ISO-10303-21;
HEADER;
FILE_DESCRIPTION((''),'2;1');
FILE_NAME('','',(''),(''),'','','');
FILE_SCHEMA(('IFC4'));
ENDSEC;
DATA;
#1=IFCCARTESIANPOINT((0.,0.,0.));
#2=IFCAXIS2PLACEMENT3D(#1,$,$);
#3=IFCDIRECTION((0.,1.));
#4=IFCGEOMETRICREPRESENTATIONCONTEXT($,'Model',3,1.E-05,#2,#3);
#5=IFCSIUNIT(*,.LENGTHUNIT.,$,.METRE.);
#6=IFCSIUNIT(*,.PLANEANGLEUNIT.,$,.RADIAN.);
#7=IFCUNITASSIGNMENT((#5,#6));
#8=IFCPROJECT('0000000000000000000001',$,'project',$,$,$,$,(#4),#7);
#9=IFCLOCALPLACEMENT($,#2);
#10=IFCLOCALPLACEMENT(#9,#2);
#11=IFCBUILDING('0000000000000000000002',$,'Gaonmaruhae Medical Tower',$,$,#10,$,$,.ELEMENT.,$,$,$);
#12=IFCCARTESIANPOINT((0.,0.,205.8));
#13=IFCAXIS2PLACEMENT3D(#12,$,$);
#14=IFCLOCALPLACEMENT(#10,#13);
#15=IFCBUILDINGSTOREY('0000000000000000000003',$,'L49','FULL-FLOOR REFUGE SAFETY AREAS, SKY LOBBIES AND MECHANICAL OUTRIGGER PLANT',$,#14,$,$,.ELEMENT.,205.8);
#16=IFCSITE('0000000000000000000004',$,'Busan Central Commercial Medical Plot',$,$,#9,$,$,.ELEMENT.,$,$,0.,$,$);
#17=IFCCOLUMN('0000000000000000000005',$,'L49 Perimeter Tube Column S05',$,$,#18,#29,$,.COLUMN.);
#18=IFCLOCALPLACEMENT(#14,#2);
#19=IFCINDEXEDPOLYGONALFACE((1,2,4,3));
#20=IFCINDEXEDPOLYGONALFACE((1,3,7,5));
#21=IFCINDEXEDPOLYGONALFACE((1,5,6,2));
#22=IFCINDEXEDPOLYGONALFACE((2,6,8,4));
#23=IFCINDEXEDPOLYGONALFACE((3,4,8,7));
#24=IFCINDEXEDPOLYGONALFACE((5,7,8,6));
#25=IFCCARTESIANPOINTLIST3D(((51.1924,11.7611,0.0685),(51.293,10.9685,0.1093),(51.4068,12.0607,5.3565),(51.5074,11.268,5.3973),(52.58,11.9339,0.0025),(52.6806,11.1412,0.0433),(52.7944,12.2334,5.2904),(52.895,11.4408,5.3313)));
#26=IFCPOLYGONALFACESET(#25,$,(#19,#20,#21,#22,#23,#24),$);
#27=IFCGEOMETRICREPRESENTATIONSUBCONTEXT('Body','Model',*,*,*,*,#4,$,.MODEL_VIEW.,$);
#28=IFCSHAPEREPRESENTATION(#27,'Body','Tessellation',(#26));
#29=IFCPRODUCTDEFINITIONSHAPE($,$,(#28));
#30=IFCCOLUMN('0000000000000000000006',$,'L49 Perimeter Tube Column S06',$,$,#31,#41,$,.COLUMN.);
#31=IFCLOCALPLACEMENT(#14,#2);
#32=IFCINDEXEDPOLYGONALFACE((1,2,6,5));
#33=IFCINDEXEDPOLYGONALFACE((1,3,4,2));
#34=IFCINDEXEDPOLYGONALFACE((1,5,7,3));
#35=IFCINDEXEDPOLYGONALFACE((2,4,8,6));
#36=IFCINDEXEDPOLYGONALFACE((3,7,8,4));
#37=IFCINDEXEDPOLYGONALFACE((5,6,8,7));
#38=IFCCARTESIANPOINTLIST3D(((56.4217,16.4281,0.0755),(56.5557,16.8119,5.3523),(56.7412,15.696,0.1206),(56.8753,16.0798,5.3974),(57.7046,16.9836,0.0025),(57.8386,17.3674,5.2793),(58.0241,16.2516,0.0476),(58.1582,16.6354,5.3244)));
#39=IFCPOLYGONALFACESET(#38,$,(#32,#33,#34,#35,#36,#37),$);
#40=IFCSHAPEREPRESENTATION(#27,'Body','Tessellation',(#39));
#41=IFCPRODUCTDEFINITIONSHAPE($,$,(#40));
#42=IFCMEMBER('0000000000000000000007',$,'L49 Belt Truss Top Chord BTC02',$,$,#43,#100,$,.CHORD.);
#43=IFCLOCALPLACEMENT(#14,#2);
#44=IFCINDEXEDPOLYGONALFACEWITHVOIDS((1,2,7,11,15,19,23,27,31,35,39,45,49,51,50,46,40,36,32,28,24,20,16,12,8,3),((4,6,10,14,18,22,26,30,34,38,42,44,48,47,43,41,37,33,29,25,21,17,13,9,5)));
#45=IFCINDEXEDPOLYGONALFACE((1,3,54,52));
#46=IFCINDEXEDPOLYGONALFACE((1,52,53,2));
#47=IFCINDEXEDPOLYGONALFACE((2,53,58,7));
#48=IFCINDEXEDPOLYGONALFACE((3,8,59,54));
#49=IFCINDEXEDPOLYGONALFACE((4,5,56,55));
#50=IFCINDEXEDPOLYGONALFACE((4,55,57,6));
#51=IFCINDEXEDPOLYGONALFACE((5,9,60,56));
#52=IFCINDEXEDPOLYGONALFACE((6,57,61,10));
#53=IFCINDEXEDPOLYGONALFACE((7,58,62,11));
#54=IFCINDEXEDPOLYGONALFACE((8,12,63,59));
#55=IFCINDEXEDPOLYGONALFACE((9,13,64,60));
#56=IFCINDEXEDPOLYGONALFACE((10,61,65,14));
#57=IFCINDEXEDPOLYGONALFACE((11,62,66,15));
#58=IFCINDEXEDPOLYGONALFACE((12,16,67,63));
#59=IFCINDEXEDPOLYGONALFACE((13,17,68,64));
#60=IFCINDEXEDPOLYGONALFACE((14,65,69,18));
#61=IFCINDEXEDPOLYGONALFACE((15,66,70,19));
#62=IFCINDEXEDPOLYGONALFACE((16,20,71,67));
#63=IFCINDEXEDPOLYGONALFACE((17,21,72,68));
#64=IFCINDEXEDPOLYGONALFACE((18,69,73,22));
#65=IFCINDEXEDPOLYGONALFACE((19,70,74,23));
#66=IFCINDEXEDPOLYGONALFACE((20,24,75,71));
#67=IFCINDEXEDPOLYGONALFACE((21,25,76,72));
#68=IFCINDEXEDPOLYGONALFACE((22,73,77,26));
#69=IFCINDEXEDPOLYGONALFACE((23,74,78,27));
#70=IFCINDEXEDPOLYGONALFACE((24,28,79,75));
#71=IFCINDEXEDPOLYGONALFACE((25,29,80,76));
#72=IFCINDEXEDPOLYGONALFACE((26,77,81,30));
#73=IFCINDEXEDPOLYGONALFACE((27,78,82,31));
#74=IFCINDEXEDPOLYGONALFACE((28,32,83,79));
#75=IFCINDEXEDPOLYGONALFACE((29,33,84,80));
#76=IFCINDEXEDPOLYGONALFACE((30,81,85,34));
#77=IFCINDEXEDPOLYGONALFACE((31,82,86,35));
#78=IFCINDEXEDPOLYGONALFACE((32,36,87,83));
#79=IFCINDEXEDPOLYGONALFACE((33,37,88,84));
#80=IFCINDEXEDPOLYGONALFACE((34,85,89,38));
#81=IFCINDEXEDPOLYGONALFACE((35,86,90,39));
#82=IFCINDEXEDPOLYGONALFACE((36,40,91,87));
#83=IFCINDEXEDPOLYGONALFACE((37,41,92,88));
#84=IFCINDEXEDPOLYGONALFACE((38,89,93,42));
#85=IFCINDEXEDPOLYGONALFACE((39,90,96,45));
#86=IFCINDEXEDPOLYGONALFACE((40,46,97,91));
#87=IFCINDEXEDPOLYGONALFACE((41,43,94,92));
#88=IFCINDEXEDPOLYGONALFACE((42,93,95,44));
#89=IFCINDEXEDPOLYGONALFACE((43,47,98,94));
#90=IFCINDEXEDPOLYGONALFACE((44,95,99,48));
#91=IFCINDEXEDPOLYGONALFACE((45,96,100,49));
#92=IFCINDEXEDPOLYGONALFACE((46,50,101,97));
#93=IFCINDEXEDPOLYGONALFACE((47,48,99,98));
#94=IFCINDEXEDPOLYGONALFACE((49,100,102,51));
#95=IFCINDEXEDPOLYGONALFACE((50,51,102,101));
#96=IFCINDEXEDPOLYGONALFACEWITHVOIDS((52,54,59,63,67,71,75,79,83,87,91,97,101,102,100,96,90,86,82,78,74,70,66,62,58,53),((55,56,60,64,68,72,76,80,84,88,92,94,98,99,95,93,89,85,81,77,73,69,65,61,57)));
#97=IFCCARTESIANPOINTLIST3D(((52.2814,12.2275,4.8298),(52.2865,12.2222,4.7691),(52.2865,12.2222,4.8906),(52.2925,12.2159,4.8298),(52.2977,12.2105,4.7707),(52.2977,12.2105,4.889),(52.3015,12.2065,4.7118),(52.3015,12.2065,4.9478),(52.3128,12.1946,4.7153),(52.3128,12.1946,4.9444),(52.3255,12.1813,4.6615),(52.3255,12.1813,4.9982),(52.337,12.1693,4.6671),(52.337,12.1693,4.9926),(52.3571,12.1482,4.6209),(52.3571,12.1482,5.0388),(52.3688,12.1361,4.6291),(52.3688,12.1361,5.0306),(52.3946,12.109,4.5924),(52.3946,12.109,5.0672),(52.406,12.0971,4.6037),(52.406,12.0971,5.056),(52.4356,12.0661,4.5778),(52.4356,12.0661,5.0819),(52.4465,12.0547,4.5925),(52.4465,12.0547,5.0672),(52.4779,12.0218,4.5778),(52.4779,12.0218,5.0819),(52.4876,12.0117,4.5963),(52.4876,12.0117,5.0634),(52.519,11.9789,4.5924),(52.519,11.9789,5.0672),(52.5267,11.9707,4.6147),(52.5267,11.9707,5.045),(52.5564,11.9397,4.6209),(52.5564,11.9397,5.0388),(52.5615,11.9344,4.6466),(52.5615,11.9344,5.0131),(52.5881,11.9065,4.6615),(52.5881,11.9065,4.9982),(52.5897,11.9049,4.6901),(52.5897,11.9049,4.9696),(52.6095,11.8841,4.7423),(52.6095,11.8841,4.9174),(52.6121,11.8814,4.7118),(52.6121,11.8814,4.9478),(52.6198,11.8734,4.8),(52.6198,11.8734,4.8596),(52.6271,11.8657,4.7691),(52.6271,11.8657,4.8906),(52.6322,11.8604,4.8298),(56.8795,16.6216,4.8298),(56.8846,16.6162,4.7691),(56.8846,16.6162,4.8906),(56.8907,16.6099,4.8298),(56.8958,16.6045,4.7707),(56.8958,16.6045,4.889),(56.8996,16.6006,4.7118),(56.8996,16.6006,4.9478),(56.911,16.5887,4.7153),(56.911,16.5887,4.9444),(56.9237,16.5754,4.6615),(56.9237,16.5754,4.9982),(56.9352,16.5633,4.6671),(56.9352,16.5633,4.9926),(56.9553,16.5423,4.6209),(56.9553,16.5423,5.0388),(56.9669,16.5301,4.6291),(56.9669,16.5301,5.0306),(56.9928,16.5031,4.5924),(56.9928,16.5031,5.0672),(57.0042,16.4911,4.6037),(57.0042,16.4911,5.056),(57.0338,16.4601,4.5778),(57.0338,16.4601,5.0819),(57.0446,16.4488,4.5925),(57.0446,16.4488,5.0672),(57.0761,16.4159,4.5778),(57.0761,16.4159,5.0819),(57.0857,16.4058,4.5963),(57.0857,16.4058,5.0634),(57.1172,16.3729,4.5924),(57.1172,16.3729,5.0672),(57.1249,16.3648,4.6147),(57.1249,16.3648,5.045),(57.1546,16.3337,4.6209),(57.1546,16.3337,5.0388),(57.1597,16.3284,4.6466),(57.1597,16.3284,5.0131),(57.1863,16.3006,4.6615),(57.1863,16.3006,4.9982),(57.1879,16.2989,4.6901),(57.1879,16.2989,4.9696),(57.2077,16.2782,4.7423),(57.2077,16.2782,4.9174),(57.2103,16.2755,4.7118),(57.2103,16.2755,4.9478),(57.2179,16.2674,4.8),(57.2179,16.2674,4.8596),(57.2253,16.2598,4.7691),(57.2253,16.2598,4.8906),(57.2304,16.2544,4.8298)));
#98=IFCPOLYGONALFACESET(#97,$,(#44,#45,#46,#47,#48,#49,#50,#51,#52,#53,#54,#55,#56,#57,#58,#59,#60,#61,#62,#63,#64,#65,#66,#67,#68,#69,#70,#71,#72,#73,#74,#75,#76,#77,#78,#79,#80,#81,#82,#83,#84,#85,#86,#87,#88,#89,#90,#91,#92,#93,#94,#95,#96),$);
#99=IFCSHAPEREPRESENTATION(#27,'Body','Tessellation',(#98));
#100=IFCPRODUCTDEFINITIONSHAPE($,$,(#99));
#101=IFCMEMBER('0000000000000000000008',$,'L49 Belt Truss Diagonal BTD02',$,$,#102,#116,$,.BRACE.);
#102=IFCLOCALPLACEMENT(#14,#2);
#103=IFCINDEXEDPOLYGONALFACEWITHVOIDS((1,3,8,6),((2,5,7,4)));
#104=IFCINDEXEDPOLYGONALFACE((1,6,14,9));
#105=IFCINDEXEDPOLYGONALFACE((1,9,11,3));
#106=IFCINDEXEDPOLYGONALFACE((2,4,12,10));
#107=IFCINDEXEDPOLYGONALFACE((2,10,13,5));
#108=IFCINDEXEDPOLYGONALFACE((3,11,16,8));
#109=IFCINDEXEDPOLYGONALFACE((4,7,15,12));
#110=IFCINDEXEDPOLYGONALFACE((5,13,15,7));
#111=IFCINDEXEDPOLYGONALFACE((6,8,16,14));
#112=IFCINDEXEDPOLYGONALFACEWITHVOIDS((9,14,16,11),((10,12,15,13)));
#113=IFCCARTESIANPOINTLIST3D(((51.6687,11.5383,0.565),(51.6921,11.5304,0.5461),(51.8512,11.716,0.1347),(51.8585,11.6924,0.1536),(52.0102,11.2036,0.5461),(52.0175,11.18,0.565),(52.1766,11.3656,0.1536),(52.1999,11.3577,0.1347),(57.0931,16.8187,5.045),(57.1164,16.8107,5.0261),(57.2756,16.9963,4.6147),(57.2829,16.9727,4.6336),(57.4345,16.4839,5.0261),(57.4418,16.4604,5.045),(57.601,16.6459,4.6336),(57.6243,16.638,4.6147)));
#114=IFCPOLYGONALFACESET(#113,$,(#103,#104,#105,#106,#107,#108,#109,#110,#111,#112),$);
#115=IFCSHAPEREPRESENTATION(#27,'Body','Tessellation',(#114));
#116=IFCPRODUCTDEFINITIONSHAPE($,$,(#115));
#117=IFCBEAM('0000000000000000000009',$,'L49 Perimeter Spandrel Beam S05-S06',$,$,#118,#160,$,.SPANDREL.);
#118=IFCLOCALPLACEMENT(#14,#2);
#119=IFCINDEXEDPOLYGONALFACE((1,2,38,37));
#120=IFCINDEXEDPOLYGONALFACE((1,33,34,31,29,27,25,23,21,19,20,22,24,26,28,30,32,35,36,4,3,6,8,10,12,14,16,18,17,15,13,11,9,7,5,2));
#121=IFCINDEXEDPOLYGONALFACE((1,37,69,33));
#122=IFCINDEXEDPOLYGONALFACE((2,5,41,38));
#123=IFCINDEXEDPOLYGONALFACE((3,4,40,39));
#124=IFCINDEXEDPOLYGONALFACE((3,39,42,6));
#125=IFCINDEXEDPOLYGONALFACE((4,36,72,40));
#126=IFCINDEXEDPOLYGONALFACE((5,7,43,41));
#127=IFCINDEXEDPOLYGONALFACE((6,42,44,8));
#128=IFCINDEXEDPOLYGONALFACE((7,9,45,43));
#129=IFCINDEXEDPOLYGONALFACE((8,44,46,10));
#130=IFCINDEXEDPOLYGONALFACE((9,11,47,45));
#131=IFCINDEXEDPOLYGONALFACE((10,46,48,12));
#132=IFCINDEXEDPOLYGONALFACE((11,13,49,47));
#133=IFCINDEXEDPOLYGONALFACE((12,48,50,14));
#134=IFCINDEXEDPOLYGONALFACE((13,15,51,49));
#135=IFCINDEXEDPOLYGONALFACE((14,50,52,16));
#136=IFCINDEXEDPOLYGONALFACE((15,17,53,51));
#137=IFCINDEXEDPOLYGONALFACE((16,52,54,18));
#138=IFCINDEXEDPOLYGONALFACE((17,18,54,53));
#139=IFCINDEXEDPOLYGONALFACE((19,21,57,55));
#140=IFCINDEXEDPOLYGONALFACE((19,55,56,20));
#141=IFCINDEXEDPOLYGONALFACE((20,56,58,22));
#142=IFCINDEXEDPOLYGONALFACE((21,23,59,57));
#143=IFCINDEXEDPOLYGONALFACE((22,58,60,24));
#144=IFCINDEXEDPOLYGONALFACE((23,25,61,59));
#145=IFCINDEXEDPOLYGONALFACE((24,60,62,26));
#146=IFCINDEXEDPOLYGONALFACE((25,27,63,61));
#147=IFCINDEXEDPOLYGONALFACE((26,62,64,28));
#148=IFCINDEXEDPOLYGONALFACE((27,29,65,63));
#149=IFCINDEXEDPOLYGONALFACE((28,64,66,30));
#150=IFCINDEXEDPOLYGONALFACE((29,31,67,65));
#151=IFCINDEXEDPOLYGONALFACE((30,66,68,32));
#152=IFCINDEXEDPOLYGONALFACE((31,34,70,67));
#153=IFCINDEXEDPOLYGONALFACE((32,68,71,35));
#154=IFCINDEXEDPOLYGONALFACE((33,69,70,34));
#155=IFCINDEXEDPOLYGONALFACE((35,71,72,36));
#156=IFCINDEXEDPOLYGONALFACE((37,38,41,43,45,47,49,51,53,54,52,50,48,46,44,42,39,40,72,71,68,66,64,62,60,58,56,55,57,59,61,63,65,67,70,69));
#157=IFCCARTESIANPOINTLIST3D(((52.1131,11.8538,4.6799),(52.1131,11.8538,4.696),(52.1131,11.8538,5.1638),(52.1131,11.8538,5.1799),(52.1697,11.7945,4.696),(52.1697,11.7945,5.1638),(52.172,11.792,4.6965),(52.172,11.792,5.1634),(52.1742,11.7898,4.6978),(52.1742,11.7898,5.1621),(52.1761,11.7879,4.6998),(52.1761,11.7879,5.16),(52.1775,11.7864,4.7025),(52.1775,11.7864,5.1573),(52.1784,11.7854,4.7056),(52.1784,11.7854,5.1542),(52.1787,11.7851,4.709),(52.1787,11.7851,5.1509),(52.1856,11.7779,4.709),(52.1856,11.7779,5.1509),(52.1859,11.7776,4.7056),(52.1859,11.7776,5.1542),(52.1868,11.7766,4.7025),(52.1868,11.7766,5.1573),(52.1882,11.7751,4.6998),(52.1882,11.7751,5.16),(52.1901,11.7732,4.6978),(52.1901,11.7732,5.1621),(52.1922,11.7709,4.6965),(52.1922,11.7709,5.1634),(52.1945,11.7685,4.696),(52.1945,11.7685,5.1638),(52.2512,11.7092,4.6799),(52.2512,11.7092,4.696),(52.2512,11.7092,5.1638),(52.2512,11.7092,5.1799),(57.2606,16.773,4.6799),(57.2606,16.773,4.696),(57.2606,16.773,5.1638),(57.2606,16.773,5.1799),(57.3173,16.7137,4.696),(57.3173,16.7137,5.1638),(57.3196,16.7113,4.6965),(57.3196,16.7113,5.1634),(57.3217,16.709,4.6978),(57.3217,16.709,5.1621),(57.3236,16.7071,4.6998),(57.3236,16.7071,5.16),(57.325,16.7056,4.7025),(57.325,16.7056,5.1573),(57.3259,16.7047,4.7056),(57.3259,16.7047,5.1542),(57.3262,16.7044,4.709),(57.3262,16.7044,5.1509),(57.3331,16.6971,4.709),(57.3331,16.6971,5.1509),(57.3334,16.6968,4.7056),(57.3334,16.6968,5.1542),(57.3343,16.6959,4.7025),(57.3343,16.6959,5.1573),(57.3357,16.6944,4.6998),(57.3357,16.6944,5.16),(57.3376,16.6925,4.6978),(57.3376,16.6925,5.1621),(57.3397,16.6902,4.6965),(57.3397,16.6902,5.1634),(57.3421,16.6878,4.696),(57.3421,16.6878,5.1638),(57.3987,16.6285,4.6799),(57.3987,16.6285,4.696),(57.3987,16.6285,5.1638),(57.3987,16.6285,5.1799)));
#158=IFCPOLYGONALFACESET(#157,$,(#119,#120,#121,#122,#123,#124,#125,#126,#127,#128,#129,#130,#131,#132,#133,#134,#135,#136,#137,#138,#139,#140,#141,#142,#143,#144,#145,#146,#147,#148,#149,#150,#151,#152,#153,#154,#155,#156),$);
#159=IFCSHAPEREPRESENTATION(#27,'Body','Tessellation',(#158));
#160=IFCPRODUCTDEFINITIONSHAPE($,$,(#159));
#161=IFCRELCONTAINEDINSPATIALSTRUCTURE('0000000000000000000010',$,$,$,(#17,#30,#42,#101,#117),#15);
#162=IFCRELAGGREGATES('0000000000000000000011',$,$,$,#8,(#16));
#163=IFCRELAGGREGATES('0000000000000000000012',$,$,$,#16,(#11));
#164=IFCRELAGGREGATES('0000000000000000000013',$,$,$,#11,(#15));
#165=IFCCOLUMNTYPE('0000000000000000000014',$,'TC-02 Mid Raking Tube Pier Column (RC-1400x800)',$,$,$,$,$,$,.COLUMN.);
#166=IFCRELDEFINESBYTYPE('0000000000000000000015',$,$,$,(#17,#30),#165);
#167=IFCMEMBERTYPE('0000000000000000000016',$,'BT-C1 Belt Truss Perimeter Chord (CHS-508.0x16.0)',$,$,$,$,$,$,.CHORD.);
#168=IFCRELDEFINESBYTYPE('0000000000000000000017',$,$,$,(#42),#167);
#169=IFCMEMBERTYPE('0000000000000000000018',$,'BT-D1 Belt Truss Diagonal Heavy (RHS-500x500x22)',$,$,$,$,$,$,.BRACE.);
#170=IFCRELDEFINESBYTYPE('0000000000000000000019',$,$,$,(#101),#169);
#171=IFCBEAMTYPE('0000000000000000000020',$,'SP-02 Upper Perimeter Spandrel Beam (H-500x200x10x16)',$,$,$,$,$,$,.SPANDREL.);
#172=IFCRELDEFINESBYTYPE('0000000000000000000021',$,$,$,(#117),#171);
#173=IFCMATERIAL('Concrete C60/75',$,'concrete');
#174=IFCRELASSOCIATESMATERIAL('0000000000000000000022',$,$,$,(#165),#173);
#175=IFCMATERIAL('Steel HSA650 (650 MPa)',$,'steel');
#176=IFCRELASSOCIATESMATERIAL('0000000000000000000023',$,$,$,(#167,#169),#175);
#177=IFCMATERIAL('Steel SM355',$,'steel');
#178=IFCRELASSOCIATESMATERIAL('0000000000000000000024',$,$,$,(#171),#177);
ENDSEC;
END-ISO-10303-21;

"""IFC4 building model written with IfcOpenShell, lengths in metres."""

from ifc_helpers import new_model, si_unit, direction, frame, origin, origin_2d, place, context, subcontext, project, spatial, rectangle, hollow_rectangle, hollow_circle, i_section, extrude, material, material_profile, profile_set, type_object, element, save


model = new_model("IFC4")

# Units and contexts
model_context = context("Model", 3, precision=1e-05, world=origin(), true_north=direction((0.0, 1.0)))
body_context = subcontext(model_context, "Body", "Model", "MODEL_VIEW")
ifc_project = project(units=[si_unit("LENGTHUNIT", "METRE"), si_unit("PLANEANGLEUNIT", "RADIAN")], contexts=[model_context])

# Site, building, storey
site_placement = place(None, origin())
site = spatial("IfcSite", under=ifc_project, at=site_placement, Name="Busan Central Commercial Medical Plot", CompositionType="ELEMENT", RefElevation=0.0)
building_placement = place(site_placement, origin())
building = spatial("IfcBuilding", under=site, at=building_placement, Name="Gaonmaruhae Medical Tower", CompositionType="ELEMENT")
storey_placement = place(building_placement, frame((0.0, 0.0, 205.8)))
storey = spatial("IfcBuildingStorey", under=building, at=storey_placement, Name="L49", Description="FULL-FLOOR REFUGE SAFETY AREAS, SKY LOBBIES AND MECHANICAL OUTRIGGER PLANT", CompositionType="ELEMENT", Elevation=205.8)

# Columns
ifc_material_1 = material(Name="Concrete C60/75", Category="concrete")
ifc_material_profile_1 = material_profile(ifc_material_1, rectangle(XDim=1.3999, YDim=0.8, at=origin_2d()), Name="RC-1400x800")
ifc_profile_set_1 = profile_set([ifc_material_profile_1], Name="Concrete C60/75")
column_type = type_object("IfcColumnType", Name="TC-02 Mid Raking Tube Pier Column (RC-1400x800)", PredefinedType="COLUMN", material=ifc_profile_set_1)
column_1_placement = place(storey_placement, frame((51.9365, 11.4512, 0.0559), z_axis=(0.040438, 0.056511, 0.997583), x_axis=(-0.991239, -0.123371, 0.047169)))
element("IfcColumn", 1, at=column_1_placement, inside=storey, type_object=column_type, Name="L49 Perimeter Tube Column S05", PredefinedType="COLUMN", context=body_context, shape_type="SweptSolid", body=[
    extrude(rectangle(XDim=1.3999, YDim=0.8, at=origin_2d()), origin(), (0.0, 0.0, 1.0), 5.3008),
])
column_2_placement = place(storey_placement, frame((57.2229, 16.3398, 0.0615), z_axis=(0.025325, 0.072516, 0.997046), x_axis=(-0.916406, -0.396839, 0.052139)))
element("IfcColumn", 2, at=column_2_placement, inside=storey, type_object=column_type, Name="L49 Perimeter Tube Column S06", PredefinedType="COLUMN", context=body_context, shape_type="SweptSolid", body=[
    extrude(rectangle(XDim=1.3999, YDim=0.8, at=origin_2d()), origin(), (0.0, 0.0, 1.0), 5.2925),
])

# Members
ifc_material_2 = material(Name="Steel HSA650 (650 MPa)", Category="steel")
ifc_material_profile_2 = material_profile(ifc_material_2, hollow_circle(Radius=0.2539, WallThickness=0.0161, at=origin_2d()), Name="CHS-508.0x16.0")
ifc_profile_set_2 = profile_set([ifc_material_profile_2], Name="Steel HSA650 (650 MPa)")
member_type_1 = type_object("IfcMemberType", Name="BT-C1 Belt Truss Perimeter Chord (CHS-508.0x16.0)", PredefinedType="CHORD", material=ifc_profile_set_2)
member_1_placement = place(storey_placement, frame((52.4568, 12.0439, 4.8298), z_axis=(0.72297, 0.690879, 0.0), x_axis=(-0.690879, 0.72297, 0.0)))
element("IfcMember", 3, at=member_1_placement, inside=storey, type_object=member_type_1, Name="L49 Belt Truss Top Chord BTC02", PredefinedType="CHORD", context=body_context, shape_type="SweptSolid", body=[
    extrude(hollow_circle(Radius=0.2539, WallThickness=0.0161, at=origin_2d()), origin(), (0.0, 0.0, 1.0), 6.3601),
])
ifc_material_profile_3 = material_profile(ifc_material_2, hollow_rectangle(XDim=0.5, YDim=0.5, WallThickness=0.022, at=origin_2d()), Name="RHS-500x500x22")
ifc_profile_set_3 = profile_set([ifc_material_profile_3], Name="Steel HSA650 (650 MPa)")
member_type_2 = type_object("IfcMemberType", Name="BT-D1 Belt Truss Diagonal Heavy (RHS-500x500x22)", PredefinedType="BRACE", material=ifc_profile_set_3)
member_2_placement = place(storey_placement, frame((51.9343, 11.448, 0.3499), z_axis=(0.61666, 0.600284, 0.509303), x_axis=(-0.697529, 0.716557, 0.0)))
element("IfcMember", 4, at=member_2_placement, inside=storey, type_object=member_type_2, Name="L49 Belt Truss Diagonal BTD02", PredefinedType="BRACE", context=body_context, shape_type="SweptSolid", body=[
    extrude(hollow_rectangle(XDim=0.5, YDim=0.5, WallThickness=0.022, at=origin_2d()), origin(), (0.0, 0.0, 1.0), 8.7964),
])

# Beam
ifc_material_3 = material(Name="Steel SM355", Category="steel")
ifc_material_profile_4 = material_profile(ifc_material_3, i_section(OverallWidth=0.2, OverallDepth=0.5, WebThickness=0.01, FlangeThickness=0.0161, FilletRadius=0.0129, at=origin_2d()), Name="H-500x200x10x16")
ifc_profile_set_4 = profile_set([ifc_material_profile_4], Name="Steel SM355")
beam_type = type_object("IfcBeamType", Name="SP-02 Upper Perimeter Spandrel Beam (H-500x200x10x16)", PredefinedType="SPANDREL", material=ifc_profile_set_4)
for number, where, z_axis, x_axis, name in (
    (5, (52.1821, 11.7815, 4.9299), (0.722955, 0.690895, 0.0), (-0.690895, 0.722955, 0.0), "L49 Perimeter Spandrel Beam S05-S06"),
):
    element("IfcBeam", number, at=place(storey_placement, frame(where, z_axis=z_axis, x_axis=x_axis)), inside=storey, type_object=beam_type, Name=name, PredefinedType="SPANDREL", context=body_context, shape_type="SweptSolid", body=[
        extrude(i_section(OverallWidth=0.2, OverallDepth=0.5, WebThickness=0.01, FlangeThickness=0.0161, FilletRadius=0.0129, at=origin_2d()), origin(), (0.0, 0.0, 1.0), 7.1201),
    ])

save(model, "model.ifc")
